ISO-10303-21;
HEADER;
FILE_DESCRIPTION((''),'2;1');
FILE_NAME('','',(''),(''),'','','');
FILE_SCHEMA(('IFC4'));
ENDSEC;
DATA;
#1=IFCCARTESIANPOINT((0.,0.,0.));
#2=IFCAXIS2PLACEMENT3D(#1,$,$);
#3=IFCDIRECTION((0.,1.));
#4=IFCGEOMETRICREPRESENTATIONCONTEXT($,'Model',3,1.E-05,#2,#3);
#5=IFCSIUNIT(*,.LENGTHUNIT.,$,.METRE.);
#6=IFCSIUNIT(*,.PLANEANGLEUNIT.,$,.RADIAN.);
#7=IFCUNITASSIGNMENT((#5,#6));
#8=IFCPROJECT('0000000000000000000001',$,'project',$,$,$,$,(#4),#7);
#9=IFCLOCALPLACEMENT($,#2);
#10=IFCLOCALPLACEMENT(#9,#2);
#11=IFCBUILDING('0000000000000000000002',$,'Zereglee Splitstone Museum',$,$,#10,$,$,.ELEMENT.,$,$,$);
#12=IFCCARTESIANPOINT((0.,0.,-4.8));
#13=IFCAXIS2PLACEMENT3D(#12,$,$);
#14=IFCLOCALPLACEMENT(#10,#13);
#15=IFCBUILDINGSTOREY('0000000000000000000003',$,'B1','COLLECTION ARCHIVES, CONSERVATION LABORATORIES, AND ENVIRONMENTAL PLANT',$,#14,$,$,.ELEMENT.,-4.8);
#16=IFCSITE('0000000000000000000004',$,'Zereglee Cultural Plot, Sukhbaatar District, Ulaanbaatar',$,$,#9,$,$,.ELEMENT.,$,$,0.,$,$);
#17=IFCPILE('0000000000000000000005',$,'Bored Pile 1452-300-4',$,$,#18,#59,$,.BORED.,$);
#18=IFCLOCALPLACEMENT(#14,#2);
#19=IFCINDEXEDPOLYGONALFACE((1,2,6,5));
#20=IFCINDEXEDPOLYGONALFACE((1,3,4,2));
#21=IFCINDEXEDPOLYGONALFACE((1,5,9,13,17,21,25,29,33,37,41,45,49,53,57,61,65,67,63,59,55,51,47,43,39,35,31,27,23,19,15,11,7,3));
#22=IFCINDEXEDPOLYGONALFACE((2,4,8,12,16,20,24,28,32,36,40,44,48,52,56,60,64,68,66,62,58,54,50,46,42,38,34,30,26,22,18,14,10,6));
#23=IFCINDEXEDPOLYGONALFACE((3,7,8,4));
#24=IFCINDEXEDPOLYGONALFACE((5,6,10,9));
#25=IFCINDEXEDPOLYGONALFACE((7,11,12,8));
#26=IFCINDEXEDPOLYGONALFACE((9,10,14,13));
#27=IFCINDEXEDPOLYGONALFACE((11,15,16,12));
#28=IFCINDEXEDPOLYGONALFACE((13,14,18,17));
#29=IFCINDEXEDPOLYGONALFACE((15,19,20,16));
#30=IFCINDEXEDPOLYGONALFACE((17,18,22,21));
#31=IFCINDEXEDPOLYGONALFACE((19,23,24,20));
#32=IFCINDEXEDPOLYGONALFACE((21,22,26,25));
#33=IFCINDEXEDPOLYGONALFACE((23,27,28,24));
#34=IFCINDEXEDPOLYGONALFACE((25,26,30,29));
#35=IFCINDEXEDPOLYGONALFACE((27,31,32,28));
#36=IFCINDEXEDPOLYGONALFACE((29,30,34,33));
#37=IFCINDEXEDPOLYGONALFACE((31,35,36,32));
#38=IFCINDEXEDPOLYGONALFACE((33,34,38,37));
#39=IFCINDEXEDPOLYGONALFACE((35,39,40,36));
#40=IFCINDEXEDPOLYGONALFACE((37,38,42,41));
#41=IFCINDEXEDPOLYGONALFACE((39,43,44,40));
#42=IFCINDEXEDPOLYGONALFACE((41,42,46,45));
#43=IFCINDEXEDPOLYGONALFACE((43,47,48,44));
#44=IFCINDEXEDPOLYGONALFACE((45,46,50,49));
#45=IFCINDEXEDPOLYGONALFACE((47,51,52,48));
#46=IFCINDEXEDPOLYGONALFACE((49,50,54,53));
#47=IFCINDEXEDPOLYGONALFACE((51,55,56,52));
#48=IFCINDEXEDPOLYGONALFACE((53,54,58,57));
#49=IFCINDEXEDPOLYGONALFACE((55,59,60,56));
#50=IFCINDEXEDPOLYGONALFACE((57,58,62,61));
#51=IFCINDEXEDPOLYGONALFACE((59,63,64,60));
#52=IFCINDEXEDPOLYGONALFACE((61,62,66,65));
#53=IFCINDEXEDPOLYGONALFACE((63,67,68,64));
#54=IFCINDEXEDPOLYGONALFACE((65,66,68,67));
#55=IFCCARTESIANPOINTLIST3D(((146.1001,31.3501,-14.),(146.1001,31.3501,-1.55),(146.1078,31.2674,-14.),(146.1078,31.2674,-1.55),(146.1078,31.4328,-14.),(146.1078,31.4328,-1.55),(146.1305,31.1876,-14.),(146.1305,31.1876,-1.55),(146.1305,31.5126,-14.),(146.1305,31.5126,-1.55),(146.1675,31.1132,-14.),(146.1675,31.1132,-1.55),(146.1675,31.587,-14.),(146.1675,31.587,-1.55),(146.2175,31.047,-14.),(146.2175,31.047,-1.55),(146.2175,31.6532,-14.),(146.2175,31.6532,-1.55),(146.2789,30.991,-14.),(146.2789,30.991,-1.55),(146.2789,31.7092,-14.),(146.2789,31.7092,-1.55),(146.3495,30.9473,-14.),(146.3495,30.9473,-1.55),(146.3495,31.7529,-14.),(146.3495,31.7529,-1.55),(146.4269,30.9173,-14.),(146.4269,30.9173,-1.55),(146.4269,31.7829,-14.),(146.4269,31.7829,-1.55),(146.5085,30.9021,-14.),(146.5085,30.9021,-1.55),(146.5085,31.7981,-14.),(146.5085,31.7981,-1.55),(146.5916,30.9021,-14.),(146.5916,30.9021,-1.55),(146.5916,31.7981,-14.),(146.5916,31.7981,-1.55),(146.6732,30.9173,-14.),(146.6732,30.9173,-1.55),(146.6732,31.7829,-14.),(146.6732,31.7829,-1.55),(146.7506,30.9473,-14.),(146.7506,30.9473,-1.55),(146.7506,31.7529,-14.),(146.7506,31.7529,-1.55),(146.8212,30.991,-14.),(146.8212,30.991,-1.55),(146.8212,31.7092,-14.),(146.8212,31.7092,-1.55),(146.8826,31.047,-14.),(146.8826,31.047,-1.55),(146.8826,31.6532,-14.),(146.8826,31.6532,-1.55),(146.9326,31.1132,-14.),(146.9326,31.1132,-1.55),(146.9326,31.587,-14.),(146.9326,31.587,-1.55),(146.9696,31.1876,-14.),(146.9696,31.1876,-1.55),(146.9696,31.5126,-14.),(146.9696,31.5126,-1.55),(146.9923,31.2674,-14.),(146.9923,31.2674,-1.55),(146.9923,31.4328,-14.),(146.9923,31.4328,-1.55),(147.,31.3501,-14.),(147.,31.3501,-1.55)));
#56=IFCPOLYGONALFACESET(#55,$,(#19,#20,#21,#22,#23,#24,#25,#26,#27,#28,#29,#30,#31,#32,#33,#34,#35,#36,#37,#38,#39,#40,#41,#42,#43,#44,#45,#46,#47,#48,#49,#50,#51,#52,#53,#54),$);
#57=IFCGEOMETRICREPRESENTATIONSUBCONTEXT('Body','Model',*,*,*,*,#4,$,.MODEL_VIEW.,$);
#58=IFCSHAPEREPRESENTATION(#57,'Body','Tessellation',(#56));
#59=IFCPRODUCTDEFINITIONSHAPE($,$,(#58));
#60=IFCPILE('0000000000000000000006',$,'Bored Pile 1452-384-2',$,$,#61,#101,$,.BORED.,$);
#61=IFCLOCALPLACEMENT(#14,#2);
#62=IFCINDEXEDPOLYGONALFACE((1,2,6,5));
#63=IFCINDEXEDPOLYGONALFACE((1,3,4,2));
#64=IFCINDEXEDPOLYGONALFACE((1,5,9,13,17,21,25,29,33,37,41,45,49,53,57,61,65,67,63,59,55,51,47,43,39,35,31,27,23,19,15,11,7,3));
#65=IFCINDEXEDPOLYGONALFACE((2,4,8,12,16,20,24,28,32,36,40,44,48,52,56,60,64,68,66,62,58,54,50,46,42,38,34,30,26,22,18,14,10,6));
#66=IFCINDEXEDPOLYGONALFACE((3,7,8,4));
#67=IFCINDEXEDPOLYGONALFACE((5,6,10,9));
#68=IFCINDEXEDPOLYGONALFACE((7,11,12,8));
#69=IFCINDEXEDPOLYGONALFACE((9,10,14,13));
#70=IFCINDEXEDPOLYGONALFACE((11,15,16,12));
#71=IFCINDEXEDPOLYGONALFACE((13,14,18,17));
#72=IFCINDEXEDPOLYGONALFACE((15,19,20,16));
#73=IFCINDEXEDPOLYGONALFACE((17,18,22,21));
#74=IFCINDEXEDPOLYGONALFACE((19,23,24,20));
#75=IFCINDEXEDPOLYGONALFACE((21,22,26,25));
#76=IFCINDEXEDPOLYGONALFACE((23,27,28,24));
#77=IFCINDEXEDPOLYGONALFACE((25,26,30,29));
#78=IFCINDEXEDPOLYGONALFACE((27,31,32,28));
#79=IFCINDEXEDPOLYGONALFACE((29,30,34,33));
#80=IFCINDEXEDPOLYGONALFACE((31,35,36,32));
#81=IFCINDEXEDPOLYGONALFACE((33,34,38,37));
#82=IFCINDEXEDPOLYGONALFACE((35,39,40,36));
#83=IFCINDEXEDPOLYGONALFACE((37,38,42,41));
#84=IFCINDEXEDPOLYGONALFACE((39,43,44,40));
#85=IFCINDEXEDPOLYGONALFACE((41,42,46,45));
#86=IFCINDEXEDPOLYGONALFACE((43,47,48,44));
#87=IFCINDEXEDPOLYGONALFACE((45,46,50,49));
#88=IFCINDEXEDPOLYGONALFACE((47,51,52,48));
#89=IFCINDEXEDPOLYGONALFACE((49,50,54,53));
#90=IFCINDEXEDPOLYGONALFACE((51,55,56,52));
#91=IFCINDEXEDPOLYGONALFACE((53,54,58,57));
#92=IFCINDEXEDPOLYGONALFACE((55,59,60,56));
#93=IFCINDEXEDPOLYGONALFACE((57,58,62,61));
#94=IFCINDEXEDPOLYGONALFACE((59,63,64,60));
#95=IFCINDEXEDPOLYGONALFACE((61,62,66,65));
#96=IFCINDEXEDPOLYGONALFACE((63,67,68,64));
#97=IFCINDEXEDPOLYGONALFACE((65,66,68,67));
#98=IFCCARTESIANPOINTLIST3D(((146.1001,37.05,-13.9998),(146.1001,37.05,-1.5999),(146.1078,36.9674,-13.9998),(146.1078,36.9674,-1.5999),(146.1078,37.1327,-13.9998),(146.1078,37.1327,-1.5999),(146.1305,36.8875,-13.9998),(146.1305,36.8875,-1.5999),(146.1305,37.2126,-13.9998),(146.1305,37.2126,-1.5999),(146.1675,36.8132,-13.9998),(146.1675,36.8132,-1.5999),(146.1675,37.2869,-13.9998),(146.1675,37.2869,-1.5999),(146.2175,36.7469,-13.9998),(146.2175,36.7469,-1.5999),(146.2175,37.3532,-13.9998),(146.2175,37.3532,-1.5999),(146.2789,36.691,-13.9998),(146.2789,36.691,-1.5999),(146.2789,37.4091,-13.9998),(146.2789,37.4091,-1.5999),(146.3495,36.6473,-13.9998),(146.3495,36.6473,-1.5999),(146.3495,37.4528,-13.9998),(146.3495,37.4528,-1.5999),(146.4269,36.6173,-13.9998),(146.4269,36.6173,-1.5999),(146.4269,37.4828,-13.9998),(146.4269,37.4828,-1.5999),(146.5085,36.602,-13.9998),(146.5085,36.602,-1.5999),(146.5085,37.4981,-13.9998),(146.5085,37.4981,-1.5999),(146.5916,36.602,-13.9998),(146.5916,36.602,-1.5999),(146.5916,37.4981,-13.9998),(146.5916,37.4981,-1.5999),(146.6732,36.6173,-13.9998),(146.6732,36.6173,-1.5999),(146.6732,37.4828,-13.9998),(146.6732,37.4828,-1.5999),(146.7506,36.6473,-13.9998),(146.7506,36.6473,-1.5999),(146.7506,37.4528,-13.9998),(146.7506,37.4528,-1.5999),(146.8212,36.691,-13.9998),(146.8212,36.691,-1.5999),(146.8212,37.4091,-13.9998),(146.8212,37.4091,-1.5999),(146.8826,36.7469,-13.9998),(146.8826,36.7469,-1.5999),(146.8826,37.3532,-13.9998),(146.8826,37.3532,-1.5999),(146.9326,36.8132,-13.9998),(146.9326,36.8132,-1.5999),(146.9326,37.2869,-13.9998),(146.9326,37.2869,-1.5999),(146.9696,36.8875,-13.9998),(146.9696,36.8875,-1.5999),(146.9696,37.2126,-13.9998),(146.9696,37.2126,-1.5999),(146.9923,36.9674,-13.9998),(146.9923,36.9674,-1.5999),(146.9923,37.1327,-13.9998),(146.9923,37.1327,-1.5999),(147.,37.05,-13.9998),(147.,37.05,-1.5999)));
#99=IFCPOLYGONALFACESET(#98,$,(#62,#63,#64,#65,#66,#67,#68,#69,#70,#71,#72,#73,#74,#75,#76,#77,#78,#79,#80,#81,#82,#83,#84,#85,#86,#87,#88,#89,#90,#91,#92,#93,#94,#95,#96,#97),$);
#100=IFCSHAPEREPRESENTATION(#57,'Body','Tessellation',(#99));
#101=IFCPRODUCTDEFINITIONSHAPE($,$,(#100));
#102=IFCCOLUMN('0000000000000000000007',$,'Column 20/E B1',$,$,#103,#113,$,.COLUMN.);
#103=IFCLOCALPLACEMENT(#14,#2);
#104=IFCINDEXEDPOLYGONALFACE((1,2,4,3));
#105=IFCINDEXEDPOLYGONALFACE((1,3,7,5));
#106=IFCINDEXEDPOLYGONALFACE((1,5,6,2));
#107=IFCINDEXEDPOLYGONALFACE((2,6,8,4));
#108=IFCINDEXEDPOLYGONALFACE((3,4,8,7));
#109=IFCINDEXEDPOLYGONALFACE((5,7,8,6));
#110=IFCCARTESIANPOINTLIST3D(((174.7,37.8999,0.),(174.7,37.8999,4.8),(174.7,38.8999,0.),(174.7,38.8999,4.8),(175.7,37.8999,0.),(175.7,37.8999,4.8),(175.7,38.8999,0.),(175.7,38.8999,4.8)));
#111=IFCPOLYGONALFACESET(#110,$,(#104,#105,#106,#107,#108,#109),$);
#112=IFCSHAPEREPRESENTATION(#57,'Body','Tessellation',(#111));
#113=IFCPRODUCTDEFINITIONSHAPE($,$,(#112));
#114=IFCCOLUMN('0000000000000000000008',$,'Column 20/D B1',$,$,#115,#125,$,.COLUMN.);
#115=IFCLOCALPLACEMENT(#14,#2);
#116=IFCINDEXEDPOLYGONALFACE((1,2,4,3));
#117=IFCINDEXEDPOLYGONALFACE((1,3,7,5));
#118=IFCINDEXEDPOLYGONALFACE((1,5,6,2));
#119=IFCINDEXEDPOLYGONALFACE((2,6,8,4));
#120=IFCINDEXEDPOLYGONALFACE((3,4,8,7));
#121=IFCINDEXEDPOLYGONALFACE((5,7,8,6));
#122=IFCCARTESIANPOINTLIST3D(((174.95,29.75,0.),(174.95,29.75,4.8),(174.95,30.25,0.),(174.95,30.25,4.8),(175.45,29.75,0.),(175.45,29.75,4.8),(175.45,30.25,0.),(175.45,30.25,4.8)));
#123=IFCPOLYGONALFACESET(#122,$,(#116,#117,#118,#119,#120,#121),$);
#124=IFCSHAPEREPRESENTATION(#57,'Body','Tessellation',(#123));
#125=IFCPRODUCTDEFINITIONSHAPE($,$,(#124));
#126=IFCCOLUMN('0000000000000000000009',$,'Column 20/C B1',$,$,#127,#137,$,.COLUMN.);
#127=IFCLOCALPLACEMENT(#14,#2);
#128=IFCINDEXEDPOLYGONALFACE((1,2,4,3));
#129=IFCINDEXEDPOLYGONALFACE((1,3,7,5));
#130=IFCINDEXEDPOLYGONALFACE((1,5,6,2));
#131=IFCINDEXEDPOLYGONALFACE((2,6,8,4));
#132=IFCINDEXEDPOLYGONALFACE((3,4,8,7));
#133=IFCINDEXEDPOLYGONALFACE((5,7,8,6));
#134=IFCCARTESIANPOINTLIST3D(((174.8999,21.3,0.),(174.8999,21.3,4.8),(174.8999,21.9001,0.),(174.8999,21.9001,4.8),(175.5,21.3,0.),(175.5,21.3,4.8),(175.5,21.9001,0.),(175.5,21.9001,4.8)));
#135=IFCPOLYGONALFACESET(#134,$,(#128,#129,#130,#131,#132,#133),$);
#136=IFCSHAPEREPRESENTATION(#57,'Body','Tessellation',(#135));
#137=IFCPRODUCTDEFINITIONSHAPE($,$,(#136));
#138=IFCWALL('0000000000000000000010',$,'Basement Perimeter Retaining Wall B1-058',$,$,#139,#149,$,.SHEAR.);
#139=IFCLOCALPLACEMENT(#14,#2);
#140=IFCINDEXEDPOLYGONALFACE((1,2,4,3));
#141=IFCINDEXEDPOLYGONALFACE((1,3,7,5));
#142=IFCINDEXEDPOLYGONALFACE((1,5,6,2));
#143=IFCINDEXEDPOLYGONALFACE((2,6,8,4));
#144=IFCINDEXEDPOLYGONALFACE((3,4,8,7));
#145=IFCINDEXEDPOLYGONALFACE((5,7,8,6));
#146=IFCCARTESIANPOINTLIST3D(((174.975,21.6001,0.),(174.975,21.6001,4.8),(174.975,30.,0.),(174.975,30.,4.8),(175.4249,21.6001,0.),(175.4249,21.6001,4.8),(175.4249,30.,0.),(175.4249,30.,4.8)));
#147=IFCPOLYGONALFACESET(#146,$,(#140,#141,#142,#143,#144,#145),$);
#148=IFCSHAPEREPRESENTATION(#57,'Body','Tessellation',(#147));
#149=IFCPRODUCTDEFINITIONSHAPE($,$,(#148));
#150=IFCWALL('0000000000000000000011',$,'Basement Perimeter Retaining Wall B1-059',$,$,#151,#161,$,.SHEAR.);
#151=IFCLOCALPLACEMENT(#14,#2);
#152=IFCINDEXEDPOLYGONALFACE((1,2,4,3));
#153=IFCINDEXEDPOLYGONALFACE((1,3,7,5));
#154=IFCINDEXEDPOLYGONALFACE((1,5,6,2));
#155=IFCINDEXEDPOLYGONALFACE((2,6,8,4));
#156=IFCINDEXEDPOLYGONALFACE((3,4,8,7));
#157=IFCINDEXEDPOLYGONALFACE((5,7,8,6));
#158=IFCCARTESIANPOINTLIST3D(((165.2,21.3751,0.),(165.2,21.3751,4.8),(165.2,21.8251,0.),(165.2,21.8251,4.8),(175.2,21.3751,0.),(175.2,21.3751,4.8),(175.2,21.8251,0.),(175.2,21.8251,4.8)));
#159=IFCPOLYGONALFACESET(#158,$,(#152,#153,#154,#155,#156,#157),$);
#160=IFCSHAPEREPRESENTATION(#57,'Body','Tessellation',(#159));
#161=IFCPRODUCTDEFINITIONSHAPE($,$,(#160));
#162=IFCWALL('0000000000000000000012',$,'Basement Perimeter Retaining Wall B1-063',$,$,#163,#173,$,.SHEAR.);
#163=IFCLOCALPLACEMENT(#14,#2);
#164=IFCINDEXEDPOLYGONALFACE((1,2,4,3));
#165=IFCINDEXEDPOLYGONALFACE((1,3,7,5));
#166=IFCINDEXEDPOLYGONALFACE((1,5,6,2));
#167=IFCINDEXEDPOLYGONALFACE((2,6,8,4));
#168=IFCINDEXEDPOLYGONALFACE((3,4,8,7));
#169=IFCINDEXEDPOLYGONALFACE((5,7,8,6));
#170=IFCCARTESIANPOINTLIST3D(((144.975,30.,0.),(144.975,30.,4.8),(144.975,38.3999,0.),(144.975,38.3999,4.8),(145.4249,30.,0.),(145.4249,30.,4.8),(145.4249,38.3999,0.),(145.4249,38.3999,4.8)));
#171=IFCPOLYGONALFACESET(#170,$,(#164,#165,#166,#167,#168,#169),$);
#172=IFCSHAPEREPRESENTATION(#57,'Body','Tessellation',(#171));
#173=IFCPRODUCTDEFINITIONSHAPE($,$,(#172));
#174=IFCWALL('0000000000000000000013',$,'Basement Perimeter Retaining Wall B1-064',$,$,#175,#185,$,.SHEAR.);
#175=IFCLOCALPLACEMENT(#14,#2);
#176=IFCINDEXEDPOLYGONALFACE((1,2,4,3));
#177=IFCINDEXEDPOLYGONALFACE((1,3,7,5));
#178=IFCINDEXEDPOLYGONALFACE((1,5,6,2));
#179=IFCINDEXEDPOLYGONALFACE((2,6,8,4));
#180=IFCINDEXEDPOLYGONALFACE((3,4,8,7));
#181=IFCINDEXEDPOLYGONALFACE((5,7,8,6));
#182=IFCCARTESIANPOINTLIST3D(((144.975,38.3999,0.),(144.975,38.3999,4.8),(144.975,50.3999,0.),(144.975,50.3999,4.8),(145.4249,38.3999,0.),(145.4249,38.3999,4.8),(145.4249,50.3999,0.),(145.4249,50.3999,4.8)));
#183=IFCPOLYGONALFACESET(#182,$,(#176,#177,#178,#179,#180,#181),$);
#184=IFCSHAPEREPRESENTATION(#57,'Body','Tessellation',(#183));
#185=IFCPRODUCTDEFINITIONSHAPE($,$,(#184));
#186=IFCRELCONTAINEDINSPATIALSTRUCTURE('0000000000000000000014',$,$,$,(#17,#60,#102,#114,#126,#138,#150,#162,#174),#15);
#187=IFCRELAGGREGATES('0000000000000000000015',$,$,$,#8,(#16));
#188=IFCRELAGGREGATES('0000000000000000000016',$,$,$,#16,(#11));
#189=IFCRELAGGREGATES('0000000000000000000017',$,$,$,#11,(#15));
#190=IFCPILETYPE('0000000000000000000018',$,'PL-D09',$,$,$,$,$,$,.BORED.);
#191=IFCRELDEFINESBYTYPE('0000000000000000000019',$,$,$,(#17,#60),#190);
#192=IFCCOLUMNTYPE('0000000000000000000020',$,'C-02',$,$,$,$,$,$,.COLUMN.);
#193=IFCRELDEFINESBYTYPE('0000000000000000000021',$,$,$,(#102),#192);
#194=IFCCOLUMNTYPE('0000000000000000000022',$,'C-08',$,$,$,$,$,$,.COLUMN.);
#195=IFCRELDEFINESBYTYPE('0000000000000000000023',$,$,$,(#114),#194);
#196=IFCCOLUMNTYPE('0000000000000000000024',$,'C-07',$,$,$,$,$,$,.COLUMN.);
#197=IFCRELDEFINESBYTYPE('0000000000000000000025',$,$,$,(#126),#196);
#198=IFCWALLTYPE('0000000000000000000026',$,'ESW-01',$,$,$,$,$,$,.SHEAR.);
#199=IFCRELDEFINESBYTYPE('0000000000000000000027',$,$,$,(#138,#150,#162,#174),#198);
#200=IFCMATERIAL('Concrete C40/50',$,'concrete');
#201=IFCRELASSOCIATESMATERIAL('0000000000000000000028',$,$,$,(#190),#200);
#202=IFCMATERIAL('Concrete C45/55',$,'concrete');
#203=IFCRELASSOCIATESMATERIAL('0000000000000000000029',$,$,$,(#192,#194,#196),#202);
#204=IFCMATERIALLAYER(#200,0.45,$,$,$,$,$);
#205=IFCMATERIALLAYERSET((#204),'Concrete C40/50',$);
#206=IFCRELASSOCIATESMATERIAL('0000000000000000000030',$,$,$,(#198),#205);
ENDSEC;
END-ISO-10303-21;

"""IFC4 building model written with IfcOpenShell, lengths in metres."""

from ifc_helpers import new_model, si_unit, direction, frame, frame_2d, origin, origin_2d, place, context, subcontext, project, spatial, rectangle, circle, extrude, material, layer, layer_set, material_profile, profile_set, type_object, element, save


model = new_model("IFC4")

# Units and contexts
model_context = context("Model", 3, precision=1e-05, world=origin(), true_north=direction((0.0, 1.0)))
body_context = subcontext(model_context, "Body", "Model", "MODEL_VIEW")
ifc_project = project(units=[si_unit("LENGTHUNIT", "METRE"), si_unit("PLANEANGLEUNIT", "RADIAN")], contexts=[model_context])

# Site, building, storey
site_placement = place(None, origin())
site = spatial("IfcSite", under=ifc_project, at=site_placement, Name="Zereglee Cultural Plot, Sukhbaatar District, Ulaanbaatar", CompositionType="ELEMENT", RefElevation=0.0)
building_placement = place(site_placement, origin())
building = spatial("IfcBuilding", under=site, at=building_placement, Name="Zereglee Splitstone Museum", CompositionType="ELEMENT")
storey_placement = place(building_placement, frame((0.0, 0.0, -4.8)))
storey = spatial("IfcBuildingStorey", under=building, at=storey_placement, Name="B1", Description="COLLECTION ARCHIVES, CONSERVATION LABORATORIES, AND ENVIRONMENTAL PLANT", CompositionType="ELEMENT", Elevation=-4.8)

# Shared definitions
ifc_material_1 = material(Name="Concrete C40/50", Category="concrete")

# Piles
ifc_material_profile_1 = material_profile(ifc_material_1, circle(Radius=0.45, at=origin_2d()), Name="PILE D900")
ifc_profile_set_1 = profile_set([ifc_material_profile_1], Name="Concrete C40/50")
pile_type_1 = type_object("IfcPileType", Name="PL-D09", PredefinedType="BORED", material=ifc_profile_set_1)
for number, where, z_axis, x_axis, name in (
    (1, (146.55, 31.3501, -1.55), (0.0, 0.0, -1.0), (1.0, 0.0, 0.0), "Bored Pile 1452-300-4"),
):
    element("IfcPile", number, at=place(storey_placement, frame(where, z_axis=z_axis, x_axis=x_axis)), inside=storey, type_object=pile_type_1, Name=name, PredefinedType="BORED", context=body_context, shape_type="SweptSolid", body=[
        extrude(circle(Radius=0.45, at=origin_2d()), origin(), (0.0, 0.0, 1.0), 12.45),
    ])
pile_1_placement = place(storey_placement, frame((146.55, 37.05, -1.5999), z_axis=(0.0, 0.0, -1.0), x_axis=(1.0, 0.0, 0.0)))
element("IfcPile", 2, at=pile_1_placement, inside=storey, type_object=pile_type_1, Name="Bored Pile 1452-384-2", PredefinedType="BORED", context=body_context, shape_type="SweptSolid", body=[
    extrude(circle(Radius=0.45, at=origin_2d()), origin(), (0.0, 0.0, 1.0), 12.3999),
])

# Columns
ifc_material_2 = material(Name="Concrete C45/55", Category="concrete")
ifc_material_profile_2 = material_profile(ifc_material_2, rectangle(XDim=1.0, YDim=1.0, at=origin_2d()), Name="RC 1000x1000")
ifc_profile_set_2 = profile_set([ifc_material_profile_2], Name="Concrete C45/55")
column_type_1 = type_object("IfcColumnType", Name="C-02", PredefinedType="COLUMN", material=ifc_profile_set_2)
column_1_placement = place(storey_placement, frame((175.2, 38.3999, 0.0), z_axis=(0.0, 0.0, 1.0), x_axis=(1.0, 0.0, 0.0)))
element("IfcColumn", 3, at=column_1_placement, inside=storey, type_object=column_type_1, Name="Column 20/E B1", PredefinedType="COLUMN", context=body_context, shape_type="SweptSolid", body=[
    extrude(rectangle(XDim=1.0, YDim=1.0, at=origin_2d()), origin(), (0.0, 0.0, 1.0), 4.8),
])
ifc_material_profile_3 = material_profile(ifc_material_2, rectangle(XDim=0.5, YDim=0.5, at=origin_2d()), Name="RC 500x500")
ifc_profile_set_3 = profile_set([ifc_material_profile_3], Name="Concrete C45/55")
column_type_2 = type_object("IfcColumnType", Name="C-08", PredefinedType="COLUMN", material=ifc_profile_set_3)
column_2_placement = place(storey_placement, frame((175.2, 30.0, 0.0), z_axis=(0.0, 0.0, 1.0), x_axis=(1.0, 0.0, 0.0)))
element("IfcColumn", 4, at=column_2_placement, inside=storey, type_object=column_type_2, Name="Column 20/D B1", PredefinedType="COLUMN", context=body_context, shape_type="SweptSolid", body=[
    extrude(rectangle(XDim=0.5, YDim=0.5, at=origin_2d()), origin(), (0.0, 0.0, 1.0), 4.8),
])
ifc_material_profile_4 = material_profile(ifc_material_2, rectangle(XDim=0.6001, YDim=0.6001, at=origin_2d()), Name="RC 600x600")
ifc_profile_set_4 = profile_set([ifc_material_profile_4], Name="Concrete C45/55")
column_type_3 = type_object("IfcColumnType", Name="C-07", PredefinedType="COLUMN", material=ifc_profile_set_4)
column_3_placement = place(storey_placement, frame((175.2, 21.6001, 0.0), z_axis=(0.0, 0.0, 1.0), x_axis=(1.0, 0.0, 0.0)))
element("IfcColumn", 5, at=column_3_placement, inside=storey, type_object=column_type_3, Name="Column 20/C B1", PredefinedType="COLUMN", context=body_context, shape_type="SweptSolid", body=[
    extrude(rectangle(XDim=0.6001, YDim=0.6001, at=origin_2d()), origin(), (0.0, 0.0, 1.0), 4.8),
])

# Walls
ifc_layer_1 = layer(ifc_material_1, 0.45)
ifc_layer_set_1 = layer_set([ifc_layer_1], Name="Concrete C40/50")
wall_type = type_object("IfcWallType", Name="ESW-01", PredefinedType="SHEAR", material=ifc_layer_set_1)
wall_1_placement = place(storey_placement, frame((175.2, 30.0, 0.0), z_axis=(0.0, 0.0, 1.0), x_axis=(0.0, -1.0, 0.0)))
element("IfcWall", 6, at=wall_1_placement, inside=storey, type_object=wall_type, Name="Basement Perimeter Retaining Wall B1-058", PredefinedType="SHEAR", context=body_context, shape_type="SweptSolid", body=[
    extrude(rectangle(XDim=8.3999, YDim=0.45, at=frame_2d((4.2, 0.0))), origin(), (0.0, 0.0, 1.0), 4.8),
])
wall_2_placement = place(storey_placement, frame((175.2, 21.6001, 0.0), z_axis=(0.0, 0.0, 1.0), x_axis=(-1.0, 0.0, 0.0)))
element("IfcWall", 7, at=wall_2_placement, inside=storey, type_object=wall_type, Name="Basement Perimeter Retaining Wall B1-059", PredefinedType="SHEAR", context=body_context, shape_type="SweptSolid", body=[
    extrude(rectangle(XDim=10.0, YDim=0.45, at=frame_2d((5.0, 0.0))), origin(), (0.0, 0.0, 1.0), 4.8),
])
wall_3_placement = place(storey_placement, frame((145.2, 30.0, 0.0), z_axis=(0.0, 0.0, 1.0), x_axis=(0.0, 1.0, 0.0)))
element("IfcWall", 8, at=wall_3_placement, inside=storey, type_object=wall_type, Name="Basement Perimeter Retaining Wall B1-063", PredefinedType="SHEAR", context=body_context, shape_type="SweptSolid", body=[
    extrude(rectangle(XDim=8.3999, YDim=0.45, at=frame_2d((4.2, 0.0))), origin(), (0.0, 0.0, 1.0), 4.8),
])
wall_4_placement = place(storey_placement, frame((145.2, 38.3999, 0.0), z_axis=(0.0, 0.0, 1.0), x_axis=(0.0, 1.0, 0.0)))
element("IfcWall", 9, at=wall_4_placement, inside=storey, type_object=wall_type, Name="Basement Perimeter Retaining Wall B1-064", PredefinedType="SHEAR", context=body_context, shape_type="SweptSolid", body=[
    extrude(rectangle(XDim=12.0, YDim=0.45, at=frame_2d((6.0, 0.0))), origin(), (0.0, 0.0, 1.0), 4.8),
])

save(model, "model.ifc")
